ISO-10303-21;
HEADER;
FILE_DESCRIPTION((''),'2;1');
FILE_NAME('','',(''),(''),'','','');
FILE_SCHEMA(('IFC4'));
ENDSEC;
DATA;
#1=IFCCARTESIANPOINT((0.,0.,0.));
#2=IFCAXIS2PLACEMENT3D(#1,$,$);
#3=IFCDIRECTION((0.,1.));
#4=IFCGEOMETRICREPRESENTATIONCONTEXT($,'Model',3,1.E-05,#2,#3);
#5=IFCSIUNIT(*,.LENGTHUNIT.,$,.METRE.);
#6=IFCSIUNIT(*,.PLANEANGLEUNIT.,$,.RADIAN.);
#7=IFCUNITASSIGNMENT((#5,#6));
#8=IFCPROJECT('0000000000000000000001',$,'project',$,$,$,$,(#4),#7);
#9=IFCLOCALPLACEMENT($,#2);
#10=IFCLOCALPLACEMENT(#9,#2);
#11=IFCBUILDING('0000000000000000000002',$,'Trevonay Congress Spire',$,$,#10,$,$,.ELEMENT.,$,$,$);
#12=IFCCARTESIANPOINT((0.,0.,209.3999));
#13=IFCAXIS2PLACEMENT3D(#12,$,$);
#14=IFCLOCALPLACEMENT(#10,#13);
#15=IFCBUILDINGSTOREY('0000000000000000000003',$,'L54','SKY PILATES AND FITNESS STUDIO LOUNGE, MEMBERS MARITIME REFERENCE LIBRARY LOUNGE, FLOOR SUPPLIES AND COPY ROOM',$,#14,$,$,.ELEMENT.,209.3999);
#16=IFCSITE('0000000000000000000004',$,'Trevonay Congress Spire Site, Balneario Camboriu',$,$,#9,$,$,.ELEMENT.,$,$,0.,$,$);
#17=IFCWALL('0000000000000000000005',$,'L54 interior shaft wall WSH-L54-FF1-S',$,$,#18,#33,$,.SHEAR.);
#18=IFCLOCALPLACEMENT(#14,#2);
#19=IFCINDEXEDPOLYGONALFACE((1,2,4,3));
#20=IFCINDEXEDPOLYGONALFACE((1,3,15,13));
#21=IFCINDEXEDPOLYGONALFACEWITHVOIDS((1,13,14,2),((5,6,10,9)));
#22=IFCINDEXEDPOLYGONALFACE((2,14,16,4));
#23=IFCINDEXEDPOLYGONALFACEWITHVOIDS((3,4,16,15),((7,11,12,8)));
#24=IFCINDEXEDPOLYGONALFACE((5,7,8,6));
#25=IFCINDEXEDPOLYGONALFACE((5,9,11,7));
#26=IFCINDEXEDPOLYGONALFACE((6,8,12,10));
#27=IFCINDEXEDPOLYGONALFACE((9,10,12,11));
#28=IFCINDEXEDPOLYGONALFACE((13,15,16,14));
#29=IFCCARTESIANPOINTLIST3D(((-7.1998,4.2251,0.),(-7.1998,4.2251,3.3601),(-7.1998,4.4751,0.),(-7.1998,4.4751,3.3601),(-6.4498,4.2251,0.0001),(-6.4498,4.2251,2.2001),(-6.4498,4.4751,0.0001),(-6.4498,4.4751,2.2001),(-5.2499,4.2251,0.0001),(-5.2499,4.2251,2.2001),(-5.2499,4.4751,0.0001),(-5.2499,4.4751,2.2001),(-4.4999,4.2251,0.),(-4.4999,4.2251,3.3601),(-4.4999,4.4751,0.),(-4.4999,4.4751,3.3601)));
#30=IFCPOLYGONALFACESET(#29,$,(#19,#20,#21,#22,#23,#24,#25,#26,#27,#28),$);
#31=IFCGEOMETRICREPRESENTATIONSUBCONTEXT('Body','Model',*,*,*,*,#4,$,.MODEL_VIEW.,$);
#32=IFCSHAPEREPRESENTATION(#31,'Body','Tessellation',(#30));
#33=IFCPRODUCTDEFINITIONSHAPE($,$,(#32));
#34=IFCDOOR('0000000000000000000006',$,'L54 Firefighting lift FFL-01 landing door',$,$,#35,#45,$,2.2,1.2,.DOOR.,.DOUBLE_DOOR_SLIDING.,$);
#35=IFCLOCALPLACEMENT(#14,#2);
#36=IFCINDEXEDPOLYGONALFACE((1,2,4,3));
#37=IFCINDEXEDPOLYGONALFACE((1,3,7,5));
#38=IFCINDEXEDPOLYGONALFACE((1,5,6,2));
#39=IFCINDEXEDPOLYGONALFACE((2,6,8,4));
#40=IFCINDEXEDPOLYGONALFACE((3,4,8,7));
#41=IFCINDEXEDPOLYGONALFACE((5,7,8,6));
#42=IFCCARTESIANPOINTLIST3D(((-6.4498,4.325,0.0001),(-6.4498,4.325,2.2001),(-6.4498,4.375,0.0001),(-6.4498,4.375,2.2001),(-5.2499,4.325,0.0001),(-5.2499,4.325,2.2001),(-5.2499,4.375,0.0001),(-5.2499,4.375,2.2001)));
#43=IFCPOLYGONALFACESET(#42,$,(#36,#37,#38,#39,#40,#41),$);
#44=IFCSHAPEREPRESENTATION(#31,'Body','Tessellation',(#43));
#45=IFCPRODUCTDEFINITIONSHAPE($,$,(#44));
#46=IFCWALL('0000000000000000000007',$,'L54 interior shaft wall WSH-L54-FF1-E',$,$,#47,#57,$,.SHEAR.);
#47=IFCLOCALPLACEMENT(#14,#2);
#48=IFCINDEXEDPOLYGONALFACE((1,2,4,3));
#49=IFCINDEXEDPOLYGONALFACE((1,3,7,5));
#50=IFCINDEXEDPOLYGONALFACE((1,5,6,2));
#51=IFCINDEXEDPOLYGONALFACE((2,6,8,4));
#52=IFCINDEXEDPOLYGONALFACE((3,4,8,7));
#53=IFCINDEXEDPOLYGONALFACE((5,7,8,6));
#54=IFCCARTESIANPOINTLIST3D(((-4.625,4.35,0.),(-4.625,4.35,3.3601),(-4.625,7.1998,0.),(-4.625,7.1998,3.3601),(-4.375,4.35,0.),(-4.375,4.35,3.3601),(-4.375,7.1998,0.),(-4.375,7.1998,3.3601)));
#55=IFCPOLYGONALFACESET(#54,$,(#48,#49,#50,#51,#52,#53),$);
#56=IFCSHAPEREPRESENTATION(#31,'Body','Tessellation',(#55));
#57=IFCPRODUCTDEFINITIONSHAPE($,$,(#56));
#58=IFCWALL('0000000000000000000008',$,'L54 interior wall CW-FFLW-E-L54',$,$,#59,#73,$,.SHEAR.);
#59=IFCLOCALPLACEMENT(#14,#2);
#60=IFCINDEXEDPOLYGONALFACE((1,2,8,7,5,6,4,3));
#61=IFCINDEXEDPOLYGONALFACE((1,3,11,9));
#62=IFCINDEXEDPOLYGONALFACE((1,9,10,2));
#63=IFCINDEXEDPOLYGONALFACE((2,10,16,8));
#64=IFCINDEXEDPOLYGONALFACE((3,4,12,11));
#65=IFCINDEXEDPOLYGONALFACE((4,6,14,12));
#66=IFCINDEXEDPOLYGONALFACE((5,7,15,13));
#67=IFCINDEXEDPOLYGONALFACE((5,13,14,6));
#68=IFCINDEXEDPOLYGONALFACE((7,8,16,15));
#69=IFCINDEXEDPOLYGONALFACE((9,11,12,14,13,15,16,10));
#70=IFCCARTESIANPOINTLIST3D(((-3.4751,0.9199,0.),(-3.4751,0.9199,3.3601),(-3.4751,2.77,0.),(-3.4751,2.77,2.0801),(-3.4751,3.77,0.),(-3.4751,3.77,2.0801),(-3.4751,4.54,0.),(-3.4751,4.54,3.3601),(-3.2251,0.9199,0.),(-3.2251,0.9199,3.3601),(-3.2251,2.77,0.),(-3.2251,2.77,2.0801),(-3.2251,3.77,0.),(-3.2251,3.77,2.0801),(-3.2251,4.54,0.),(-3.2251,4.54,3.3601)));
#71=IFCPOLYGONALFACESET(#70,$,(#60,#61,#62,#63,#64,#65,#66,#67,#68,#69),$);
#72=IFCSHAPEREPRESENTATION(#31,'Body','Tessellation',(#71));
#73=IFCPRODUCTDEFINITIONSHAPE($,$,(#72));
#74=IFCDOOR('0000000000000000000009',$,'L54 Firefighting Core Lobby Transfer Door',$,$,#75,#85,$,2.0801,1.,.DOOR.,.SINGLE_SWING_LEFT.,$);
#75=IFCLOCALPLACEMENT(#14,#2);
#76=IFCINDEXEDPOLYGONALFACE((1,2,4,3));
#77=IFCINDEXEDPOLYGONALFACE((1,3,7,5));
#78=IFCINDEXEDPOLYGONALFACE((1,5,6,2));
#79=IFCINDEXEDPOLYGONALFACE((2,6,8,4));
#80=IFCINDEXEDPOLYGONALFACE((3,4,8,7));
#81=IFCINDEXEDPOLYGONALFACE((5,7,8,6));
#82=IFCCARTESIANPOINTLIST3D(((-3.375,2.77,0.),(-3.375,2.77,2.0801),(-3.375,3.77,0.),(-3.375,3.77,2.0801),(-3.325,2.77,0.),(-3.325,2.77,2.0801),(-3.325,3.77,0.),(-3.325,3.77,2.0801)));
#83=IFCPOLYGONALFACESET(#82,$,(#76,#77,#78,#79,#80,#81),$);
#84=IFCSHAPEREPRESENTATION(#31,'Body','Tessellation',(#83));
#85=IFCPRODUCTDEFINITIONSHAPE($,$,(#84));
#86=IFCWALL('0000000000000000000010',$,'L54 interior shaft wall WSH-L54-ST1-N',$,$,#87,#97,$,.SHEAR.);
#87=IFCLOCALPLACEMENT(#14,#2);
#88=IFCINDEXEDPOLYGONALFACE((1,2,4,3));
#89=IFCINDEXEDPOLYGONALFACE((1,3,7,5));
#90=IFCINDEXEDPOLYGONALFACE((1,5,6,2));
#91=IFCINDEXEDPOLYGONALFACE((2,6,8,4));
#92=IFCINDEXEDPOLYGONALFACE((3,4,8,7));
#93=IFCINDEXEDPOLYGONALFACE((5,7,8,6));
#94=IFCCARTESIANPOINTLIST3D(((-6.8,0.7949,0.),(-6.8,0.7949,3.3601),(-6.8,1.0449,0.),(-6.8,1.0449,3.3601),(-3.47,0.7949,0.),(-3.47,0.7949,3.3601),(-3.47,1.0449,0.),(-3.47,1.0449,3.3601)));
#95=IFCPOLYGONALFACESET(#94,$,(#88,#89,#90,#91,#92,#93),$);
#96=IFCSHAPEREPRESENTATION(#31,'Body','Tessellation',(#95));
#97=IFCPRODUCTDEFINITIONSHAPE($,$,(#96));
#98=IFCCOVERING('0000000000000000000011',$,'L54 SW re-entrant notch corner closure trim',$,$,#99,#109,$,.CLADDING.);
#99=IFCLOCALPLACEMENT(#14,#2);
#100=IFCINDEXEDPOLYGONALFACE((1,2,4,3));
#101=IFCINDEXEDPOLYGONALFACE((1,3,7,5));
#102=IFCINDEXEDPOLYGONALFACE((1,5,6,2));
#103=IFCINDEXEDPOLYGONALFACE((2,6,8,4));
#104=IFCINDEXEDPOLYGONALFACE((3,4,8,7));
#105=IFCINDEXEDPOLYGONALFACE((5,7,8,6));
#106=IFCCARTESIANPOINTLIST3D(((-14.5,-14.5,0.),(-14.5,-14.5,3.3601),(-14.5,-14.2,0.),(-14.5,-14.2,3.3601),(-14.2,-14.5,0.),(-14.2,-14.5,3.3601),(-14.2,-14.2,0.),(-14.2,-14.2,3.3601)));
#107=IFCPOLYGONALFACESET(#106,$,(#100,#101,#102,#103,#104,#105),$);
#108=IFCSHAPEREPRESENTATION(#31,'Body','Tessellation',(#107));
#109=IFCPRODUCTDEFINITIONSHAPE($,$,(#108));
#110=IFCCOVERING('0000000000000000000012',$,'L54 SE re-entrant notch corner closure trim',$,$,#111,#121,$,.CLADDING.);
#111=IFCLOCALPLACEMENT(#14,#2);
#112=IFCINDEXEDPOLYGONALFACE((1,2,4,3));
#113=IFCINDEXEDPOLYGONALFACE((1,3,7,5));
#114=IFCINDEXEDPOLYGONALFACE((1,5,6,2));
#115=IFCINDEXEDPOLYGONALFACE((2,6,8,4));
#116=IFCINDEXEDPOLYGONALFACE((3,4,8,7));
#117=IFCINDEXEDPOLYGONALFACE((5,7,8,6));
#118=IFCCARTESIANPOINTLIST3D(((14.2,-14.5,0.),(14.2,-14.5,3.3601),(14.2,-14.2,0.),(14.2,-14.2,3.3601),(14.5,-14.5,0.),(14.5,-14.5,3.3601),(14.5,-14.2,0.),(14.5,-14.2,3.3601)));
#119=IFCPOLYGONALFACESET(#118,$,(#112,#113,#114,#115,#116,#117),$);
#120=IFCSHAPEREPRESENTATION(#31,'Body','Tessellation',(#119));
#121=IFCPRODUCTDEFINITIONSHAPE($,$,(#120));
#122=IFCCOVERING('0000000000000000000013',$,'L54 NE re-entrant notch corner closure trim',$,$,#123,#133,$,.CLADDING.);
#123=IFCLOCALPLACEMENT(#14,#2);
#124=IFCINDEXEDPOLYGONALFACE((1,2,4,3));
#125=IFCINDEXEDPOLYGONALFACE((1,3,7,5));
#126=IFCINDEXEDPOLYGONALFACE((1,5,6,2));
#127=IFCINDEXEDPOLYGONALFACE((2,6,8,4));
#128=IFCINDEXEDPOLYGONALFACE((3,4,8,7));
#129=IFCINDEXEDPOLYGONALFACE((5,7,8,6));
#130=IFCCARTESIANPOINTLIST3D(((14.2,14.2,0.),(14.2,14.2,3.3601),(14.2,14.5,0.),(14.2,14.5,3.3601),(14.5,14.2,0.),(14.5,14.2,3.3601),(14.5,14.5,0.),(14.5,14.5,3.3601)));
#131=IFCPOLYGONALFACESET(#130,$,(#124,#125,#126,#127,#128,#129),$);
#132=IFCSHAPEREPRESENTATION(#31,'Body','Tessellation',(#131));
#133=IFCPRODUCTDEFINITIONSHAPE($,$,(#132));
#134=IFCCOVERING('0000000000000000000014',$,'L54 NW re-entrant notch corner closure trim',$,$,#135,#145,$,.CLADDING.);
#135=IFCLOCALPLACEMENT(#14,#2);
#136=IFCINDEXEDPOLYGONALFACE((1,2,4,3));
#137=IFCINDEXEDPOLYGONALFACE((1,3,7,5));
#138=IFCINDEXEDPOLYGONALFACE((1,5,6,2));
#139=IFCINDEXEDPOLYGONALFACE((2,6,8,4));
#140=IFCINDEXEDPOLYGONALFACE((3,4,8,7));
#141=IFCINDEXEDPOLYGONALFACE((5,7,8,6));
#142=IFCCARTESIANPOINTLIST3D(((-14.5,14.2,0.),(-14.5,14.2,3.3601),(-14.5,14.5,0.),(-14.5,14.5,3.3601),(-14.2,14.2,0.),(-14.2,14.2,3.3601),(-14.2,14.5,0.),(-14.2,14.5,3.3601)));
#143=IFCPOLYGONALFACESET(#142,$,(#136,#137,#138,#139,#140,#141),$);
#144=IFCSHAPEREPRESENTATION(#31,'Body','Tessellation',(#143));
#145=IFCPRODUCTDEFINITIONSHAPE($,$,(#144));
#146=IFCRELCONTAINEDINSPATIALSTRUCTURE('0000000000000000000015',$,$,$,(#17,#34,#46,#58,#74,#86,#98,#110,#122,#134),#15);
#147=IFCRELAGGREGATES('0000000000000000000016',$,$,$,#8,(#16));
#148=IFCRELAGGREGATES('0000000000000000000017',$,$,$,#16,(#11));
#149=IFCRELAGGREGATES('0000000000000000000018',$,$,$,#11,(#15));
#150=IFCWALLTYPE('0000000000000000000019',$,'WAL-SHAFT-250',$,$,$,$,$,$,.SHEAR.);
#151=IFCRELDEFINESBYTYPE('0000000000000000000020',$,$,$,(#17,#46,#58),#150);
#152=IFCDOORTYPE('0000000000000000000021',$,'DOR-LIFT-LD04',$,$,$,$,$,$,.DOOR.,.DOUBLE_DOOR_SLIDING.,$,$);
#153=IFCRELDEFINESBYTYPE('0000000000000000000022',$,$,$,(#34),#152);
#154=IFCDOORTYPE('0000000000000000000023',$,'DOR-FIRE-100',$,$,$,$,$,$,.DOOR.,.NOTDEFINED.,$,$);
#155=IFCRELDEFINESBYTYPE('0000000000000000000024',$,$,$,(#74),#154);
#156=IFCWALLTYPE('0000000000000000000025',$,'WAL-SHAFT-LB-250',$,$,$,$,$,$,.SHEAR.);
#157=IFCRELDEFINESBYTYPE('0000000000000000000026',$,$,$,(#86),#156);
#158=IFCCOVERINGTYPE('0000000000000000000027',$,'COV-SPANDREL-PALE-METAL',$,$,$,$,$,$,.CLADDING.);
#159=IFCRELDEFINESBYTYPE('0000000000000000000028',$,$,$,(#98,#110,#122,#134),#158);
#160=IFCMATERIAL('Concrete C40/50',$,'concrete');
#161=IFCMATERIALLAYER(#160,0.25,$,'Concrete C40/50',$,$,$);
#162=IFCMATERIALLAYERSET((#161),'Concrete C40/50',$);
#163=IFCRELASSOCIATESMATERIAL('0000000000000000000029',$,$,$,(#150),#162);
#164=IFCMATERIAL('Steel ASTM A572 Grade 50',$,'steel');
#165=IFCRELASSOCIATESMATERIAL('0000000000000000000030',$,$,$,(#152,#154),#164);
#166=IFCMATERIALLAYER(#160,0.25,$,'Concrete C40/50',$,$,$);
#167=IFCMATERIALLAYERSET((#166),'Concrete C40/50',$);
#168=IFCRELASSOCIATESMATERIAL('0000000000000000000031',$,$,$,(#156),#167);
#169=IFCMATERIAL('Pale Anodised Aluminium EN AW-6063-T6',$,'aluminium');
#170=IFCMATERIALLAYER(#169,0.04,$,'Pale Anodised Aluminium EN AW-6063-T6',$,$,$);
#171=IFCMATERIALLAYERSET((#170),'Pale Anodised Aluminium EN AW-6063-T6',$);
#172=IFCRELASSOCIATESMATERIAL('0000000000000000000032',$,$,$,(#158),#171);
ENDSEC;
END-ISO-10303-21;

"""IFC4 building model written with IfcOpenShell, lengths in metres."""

from ifc_helpers import new_model, si_unit, direction, frame, frame_2d, origin, place, context, subcontext, project, spatial, polyline, rectangle, outline, extrude, material, layer, layer_set, type_object, element, fill, save


model = new_model("IFC4")

# Units and contexts
model_context = context("Model", 3, precision=1e-05, world=origin(), true_north=direction((0.0, 1.0)))
body_context = subcontext(model_context, "Body", "Model", "MODEL_VIEW")
ifc_project = project(units=[si_unit("LENGTHUNIT", "METRE"), si_unit("PLANEANGLEUNIT", "RADIAN")], contexts=[model_context])

# Site, building, storey
site_placement = place(None, origin())
site = spatial("IfcSite", under=ifc_project, at=site_placement, Name="Trevonay Congress Spire Site, Balneario Camboriu", CompositionType="ELEMENT", RefElevation=0.0)
building_placement = place(site_placement, origin())
building = spatial("IfcBuilding", under=site, at=building_placement, Name="Trevonay Congress Spire", CompositionType="ELEMENT")
storey_placement = place(building_placement, frame((0.0, 0.0, 209.3999)))
storey = spatial("IfcBuildingStorey", under=building, at=storey_placement, Name="L54", Description="SKY PILATES AND FITNESS STUDIO LOUNGE, MEMBERS MARITIME REFERENCE LIBRARY LOUNGE, FLOOR SUPPLIES AND COPY ROOM", CompositionType="ELEMENT", Elevation=209.3999)

# Shared definitions
ifc_material_1 = material(Name="Steel ASTM A572 Grade 50", Category="steel")

# Shared definitions
ifc_material_2 = material(Name="Concrete C40/50", Category="concrete")

# Shared definitions
ifc_layer_1 = layer(ifc_material_2, 0.25, Name="Concrete C40/50")
ifc_layer_set_1 = layer_set([ifc_layer_1], Name="Concrete C40/50")
wall_type_1 = type_object("IfcWallType", Name="WAL-SHAFT-250", PredefinedType="SHEAR", material=ifc_layer_set_1)
ifc_material_3 = material(Name="Pale Anodised Aluminium EN AW-6063-T6", Category="aluminium")

# Wall, opening, door
wall_1_placement = place(storey_placement, frame((-7.2, 4.3501, 0.0), z_axis=(0.0, 0.0, 1.0), x_axis=(1.0, 0.0, 0.0)))
wall_1 = element("IfcWall", 1, at=wall_1_placement, inside=storey, type_object=wall_type_1, Name="L54 interior shaft wall WSH-L54-FF1-S", PredefinedType="SHEAR", context=body_context, shape_type="SweptSolid", body=[
    extrude(rectangle(XDim=2.7, YDim=0.25, at=frame_2d((1.3501, 0.0))), origin(), (0.0, 0.0, 1.0), 3.3601),
])
opening_1_placement = place(wall_1_placement, frame((0.75, 0.0, 0.0)))
opening_1 = element("IfcOpeningElement", 2, at=opening_1_placement, cuts=wall_1, PredefinedType="OPENING", context=body_context, shape_type="SweptSolid", body=[
    extrude(rectangle(XDim=1.2, YDim=2.2, at=frame_2d((0.6001, 1.1001))), frame((0.0, 0.135, 0.0), z_axis=(0.0, -1.0, 0.0), x_axis=(1.0, 0.0, 0.0)), (0.0, 0.0, 1.0), 0.27),
])
door_type_1 = type_object("IfcDoorType", Name="DOR-LIFT-LD04", OperationType="DOUBLE_DOOR_SLIDING", PredefinedType="DOOR", material=ifc_material_1)
door_1_placement = place(opening_1_placement, origin())
door_1 = element("IfcDoor", 3, at=door_1_placement, inside=storey, type_object=door_type_1, Name="L54 Firefighting lift FFL-01 landing door", OperationType="DOUBLE_DOOR_SLIDING", OverallHeight=2.2, OverallWidth=1.2, PredefinedType="DOOR", context=body_context, shape_type="SweptSolid", body=[
    extrude(rectangle(XDim=1.2, YDim=2.2, at=frame_2d((0.6001, 1.1001))), frame((0.0, 0.0249, 0.0), z_axis=(0.0, -1.0, 0.0), x_axis=(1.0, 0.0, 0.0)), (0.0, 0.0, 1.0), 0.05),
])
fill(opening_1, door_1)

# Wall
wall_2_placement = place(storey_placement, frame((-4.5, 4.3501, 0.0), z_axis=(0.0, 0.0, 1.0), x_axis=(0.0, 1.0, 0.0)))
element("IfcWall", 4, at=wall_2_placement, inside=storey, type_object=wall_type_1, Name="L54 interior shaft wall WSH-L54-FF1-E", PredefinedType="SHEAR", context=body_context, shape_type="SweptSolid", body=[
    extrude(rectangle(XDim=2.8499, YDim=0.25, at=frame_2d((1.4248, 0.0))), origin(), (0.0, 0.0, 1.0), 3.3601),
])

# Wall, opening, door
wall_3_placement = place(storey_placement, frame((-3.3501, 0.9199, 0.0), z_axis=(0.0, 0.0, 1.0), x_axis=(0.0, 1.0, 0.0)))
wall_3 = element("IfcWall", 5, at=wall_3_placement, inside=storey, type_object=wall_type_1, Name="L54 interior wall CW-FFLW-E-L54", PredefinedType="SHEAR", context=body_context, shape_type="SweptSolid", body=[
    extrude(rectangle(XDim=3.6201, YDim=0.25, at=frame_2d((1.8101, 0.0))), origin(), (0.0, 0.0, 1.0), 3.3601),
])
opening_2_placement = place(wall_3_placement, frame((1.8501, 0.0, 0.0)))
opening_2 = element("IfcOpeningElement", 6, at=opening_2_placement, cuts=wall_3, PredefinedType="OPENING", context=body_context, shape_type="SweptSolid", body=[
    extrude(rectangle(XDim=1.0, YDim=2.0801, at=frame_2d((0.5, 1.04))), frame((0.0, 0.135, 0.0), z_axis=(0.0, -1.0, 0.0), x_axis=(1.0, 0.0, 0.0)), (0.0, 0.0, 1.0), 0.27),
])
door_type_2 = type_object("IfcDoorType", Name="DOR-FIRE-100", OperationType="NOTDEFINED", PredefinedType="DOOR", material=ifc_material_1)
door_2_placement = place(opening_2_placement, origin())
door_2 = element("IfcDoor", 7, at=door_2_placement, inside=storey, type_object=door_type_2, Name="L54 Firefighting Core Lobby Transfer Door", OperationType="SINGLE_SWING_LEFT", OverallHeight=2.0801, OverallWidth=1.0, PredefinedType="DOOR", context=body_context, shape_type="SweptSolid", body=[
    extrude(rectangle(XDim=1.0, YDim=2.0801, at=frame_2d((0.5, 1.04))), frame((0.0, 0.0249, 0.0), z_axis=(0.0, -1.0, 0.0), x_axis=(1.0, 0.0, 0.0)), (0.0, 0.0, 1.0), 0.05),
])
fill(opening_2, door_2)

# Wall
ifc_layer_2 = layer(ifc_material_2, 0.25, Name="Concrete C40/50")
ifc_layer_set_2 = layer_set([ifc_layer_2], Name="Concrete C40/50")
wall_type_2 = type_object("IfcWallType", Name="WAL-SHAFT-LB-250", PredefinedType="SHEAR", material=ifc_layer_set_2)
wall_4_placement = place(storey_placement, frame((-6.8, 0.9199, 0.0), z_axis=(0.0, 0.0, 1.0), x_axis=(1.0, 0.0, 0.0)))
element("IfcWall", 8, at=wall_4_placement, inside=storey, type_object=wall_type_2, Name="L54 interior shaft wall WSH-L54-ST1-N", PredefinedType="SHEAR", context=body_context, shape_type="SweptSolid", body=[
    extrude(rectangle(XDim=3.3301, YDim=0.25, at=frame_2d((1.665, 0.0))), origin(), (0.0, 0.0, 1.0), 3.3601),
])

# Coverings
ifc_layer_3 = layer(ifc_material_3, 0.04, Name="Pale Anodised Aluminium EN AW-6063-T6")
ifc_layer_set_3 = layer_set([ifc_layer_3], Name="Pale Anodised Aluminium EN AW-6063-T6")
covering_type = type_object("IfcCoveringType", Name="COV-SPANDREL-PALE-METAL", PredefinedType="CLADDING", material=ifc_layer_set_3)
covering_1_placement = place(storey_placement, origin())
element("IfcCovering", 9, at=covering_1_placement, inside=storey, type_object=covering_type, Name="L54 SW re-entrant notch corner closure trim", PredefinedType="CLADDING", context=body_context, shape_type="SweptSolid", body=[
    extrude(outline(polyline([(-14.5, -14.5), (-14.2, -14.5), (-14.2, -14.2), (-14.5, -14.2), (-14.5, -14.5)])), origin(), (0.0, 0.0, 1.0), 3.3601),
])
covering_2_placement = place(storey_placement, origin())
element("IfcCovering", 10, at=covering_2_placement, inside=storey, type_object=covering_type, Name="L54 SE re-entrant notch corner closure trim", PredefinedType="CLADDING", context=body_context, shape_type="SweptSolid", body=[
    extrude(outline(polyline([(14.2, -14.5), (14.5, -14.5), (14.5, -14.2), (14.2, -14.2), (14.2, -14.5)])), origin(), (0.0, 0.0, 1.0), 3.3601),
])
covering_3_placement = place(storey_placement, origin())
element("IfcCovering", 11, at=covering_3_placement, inside=storey, type_object=covering_type, Name="L54 NE re-entrant notch corner closure trim", PredefinedType="CLADDING", context=body_context, shape_type="SweptSolid", body=[
    extrude(outline(polyline([(14.2, 14.2), (14.5, 14.2), (14.5, 14.5), (14.2, 14.5), (14.2, 14.2)])), origin(), (0.0, 0.0, 1.0), 3.3601),
])
covering_4_placement = place(storey_placement, origin())
element("IfcCovering", 12, at=covering_4_placement, inside=storey, type_object=covering_type, Name="L54 NW re-entrant notch corner closure trim", PredefinedType="CLADDING", context=body_context, shape_type="SweptSolid", body=[
    extrude(outline(polyline([(-14.5, 14.2), (-14.2, 14.2), (-14.2, 14.5), (-14.5, 14.5), (-14.5, 14.2)])), origin(), (0.0, 0.0, 1.0), 3.3601),
])

save(model, "model.ifc")
